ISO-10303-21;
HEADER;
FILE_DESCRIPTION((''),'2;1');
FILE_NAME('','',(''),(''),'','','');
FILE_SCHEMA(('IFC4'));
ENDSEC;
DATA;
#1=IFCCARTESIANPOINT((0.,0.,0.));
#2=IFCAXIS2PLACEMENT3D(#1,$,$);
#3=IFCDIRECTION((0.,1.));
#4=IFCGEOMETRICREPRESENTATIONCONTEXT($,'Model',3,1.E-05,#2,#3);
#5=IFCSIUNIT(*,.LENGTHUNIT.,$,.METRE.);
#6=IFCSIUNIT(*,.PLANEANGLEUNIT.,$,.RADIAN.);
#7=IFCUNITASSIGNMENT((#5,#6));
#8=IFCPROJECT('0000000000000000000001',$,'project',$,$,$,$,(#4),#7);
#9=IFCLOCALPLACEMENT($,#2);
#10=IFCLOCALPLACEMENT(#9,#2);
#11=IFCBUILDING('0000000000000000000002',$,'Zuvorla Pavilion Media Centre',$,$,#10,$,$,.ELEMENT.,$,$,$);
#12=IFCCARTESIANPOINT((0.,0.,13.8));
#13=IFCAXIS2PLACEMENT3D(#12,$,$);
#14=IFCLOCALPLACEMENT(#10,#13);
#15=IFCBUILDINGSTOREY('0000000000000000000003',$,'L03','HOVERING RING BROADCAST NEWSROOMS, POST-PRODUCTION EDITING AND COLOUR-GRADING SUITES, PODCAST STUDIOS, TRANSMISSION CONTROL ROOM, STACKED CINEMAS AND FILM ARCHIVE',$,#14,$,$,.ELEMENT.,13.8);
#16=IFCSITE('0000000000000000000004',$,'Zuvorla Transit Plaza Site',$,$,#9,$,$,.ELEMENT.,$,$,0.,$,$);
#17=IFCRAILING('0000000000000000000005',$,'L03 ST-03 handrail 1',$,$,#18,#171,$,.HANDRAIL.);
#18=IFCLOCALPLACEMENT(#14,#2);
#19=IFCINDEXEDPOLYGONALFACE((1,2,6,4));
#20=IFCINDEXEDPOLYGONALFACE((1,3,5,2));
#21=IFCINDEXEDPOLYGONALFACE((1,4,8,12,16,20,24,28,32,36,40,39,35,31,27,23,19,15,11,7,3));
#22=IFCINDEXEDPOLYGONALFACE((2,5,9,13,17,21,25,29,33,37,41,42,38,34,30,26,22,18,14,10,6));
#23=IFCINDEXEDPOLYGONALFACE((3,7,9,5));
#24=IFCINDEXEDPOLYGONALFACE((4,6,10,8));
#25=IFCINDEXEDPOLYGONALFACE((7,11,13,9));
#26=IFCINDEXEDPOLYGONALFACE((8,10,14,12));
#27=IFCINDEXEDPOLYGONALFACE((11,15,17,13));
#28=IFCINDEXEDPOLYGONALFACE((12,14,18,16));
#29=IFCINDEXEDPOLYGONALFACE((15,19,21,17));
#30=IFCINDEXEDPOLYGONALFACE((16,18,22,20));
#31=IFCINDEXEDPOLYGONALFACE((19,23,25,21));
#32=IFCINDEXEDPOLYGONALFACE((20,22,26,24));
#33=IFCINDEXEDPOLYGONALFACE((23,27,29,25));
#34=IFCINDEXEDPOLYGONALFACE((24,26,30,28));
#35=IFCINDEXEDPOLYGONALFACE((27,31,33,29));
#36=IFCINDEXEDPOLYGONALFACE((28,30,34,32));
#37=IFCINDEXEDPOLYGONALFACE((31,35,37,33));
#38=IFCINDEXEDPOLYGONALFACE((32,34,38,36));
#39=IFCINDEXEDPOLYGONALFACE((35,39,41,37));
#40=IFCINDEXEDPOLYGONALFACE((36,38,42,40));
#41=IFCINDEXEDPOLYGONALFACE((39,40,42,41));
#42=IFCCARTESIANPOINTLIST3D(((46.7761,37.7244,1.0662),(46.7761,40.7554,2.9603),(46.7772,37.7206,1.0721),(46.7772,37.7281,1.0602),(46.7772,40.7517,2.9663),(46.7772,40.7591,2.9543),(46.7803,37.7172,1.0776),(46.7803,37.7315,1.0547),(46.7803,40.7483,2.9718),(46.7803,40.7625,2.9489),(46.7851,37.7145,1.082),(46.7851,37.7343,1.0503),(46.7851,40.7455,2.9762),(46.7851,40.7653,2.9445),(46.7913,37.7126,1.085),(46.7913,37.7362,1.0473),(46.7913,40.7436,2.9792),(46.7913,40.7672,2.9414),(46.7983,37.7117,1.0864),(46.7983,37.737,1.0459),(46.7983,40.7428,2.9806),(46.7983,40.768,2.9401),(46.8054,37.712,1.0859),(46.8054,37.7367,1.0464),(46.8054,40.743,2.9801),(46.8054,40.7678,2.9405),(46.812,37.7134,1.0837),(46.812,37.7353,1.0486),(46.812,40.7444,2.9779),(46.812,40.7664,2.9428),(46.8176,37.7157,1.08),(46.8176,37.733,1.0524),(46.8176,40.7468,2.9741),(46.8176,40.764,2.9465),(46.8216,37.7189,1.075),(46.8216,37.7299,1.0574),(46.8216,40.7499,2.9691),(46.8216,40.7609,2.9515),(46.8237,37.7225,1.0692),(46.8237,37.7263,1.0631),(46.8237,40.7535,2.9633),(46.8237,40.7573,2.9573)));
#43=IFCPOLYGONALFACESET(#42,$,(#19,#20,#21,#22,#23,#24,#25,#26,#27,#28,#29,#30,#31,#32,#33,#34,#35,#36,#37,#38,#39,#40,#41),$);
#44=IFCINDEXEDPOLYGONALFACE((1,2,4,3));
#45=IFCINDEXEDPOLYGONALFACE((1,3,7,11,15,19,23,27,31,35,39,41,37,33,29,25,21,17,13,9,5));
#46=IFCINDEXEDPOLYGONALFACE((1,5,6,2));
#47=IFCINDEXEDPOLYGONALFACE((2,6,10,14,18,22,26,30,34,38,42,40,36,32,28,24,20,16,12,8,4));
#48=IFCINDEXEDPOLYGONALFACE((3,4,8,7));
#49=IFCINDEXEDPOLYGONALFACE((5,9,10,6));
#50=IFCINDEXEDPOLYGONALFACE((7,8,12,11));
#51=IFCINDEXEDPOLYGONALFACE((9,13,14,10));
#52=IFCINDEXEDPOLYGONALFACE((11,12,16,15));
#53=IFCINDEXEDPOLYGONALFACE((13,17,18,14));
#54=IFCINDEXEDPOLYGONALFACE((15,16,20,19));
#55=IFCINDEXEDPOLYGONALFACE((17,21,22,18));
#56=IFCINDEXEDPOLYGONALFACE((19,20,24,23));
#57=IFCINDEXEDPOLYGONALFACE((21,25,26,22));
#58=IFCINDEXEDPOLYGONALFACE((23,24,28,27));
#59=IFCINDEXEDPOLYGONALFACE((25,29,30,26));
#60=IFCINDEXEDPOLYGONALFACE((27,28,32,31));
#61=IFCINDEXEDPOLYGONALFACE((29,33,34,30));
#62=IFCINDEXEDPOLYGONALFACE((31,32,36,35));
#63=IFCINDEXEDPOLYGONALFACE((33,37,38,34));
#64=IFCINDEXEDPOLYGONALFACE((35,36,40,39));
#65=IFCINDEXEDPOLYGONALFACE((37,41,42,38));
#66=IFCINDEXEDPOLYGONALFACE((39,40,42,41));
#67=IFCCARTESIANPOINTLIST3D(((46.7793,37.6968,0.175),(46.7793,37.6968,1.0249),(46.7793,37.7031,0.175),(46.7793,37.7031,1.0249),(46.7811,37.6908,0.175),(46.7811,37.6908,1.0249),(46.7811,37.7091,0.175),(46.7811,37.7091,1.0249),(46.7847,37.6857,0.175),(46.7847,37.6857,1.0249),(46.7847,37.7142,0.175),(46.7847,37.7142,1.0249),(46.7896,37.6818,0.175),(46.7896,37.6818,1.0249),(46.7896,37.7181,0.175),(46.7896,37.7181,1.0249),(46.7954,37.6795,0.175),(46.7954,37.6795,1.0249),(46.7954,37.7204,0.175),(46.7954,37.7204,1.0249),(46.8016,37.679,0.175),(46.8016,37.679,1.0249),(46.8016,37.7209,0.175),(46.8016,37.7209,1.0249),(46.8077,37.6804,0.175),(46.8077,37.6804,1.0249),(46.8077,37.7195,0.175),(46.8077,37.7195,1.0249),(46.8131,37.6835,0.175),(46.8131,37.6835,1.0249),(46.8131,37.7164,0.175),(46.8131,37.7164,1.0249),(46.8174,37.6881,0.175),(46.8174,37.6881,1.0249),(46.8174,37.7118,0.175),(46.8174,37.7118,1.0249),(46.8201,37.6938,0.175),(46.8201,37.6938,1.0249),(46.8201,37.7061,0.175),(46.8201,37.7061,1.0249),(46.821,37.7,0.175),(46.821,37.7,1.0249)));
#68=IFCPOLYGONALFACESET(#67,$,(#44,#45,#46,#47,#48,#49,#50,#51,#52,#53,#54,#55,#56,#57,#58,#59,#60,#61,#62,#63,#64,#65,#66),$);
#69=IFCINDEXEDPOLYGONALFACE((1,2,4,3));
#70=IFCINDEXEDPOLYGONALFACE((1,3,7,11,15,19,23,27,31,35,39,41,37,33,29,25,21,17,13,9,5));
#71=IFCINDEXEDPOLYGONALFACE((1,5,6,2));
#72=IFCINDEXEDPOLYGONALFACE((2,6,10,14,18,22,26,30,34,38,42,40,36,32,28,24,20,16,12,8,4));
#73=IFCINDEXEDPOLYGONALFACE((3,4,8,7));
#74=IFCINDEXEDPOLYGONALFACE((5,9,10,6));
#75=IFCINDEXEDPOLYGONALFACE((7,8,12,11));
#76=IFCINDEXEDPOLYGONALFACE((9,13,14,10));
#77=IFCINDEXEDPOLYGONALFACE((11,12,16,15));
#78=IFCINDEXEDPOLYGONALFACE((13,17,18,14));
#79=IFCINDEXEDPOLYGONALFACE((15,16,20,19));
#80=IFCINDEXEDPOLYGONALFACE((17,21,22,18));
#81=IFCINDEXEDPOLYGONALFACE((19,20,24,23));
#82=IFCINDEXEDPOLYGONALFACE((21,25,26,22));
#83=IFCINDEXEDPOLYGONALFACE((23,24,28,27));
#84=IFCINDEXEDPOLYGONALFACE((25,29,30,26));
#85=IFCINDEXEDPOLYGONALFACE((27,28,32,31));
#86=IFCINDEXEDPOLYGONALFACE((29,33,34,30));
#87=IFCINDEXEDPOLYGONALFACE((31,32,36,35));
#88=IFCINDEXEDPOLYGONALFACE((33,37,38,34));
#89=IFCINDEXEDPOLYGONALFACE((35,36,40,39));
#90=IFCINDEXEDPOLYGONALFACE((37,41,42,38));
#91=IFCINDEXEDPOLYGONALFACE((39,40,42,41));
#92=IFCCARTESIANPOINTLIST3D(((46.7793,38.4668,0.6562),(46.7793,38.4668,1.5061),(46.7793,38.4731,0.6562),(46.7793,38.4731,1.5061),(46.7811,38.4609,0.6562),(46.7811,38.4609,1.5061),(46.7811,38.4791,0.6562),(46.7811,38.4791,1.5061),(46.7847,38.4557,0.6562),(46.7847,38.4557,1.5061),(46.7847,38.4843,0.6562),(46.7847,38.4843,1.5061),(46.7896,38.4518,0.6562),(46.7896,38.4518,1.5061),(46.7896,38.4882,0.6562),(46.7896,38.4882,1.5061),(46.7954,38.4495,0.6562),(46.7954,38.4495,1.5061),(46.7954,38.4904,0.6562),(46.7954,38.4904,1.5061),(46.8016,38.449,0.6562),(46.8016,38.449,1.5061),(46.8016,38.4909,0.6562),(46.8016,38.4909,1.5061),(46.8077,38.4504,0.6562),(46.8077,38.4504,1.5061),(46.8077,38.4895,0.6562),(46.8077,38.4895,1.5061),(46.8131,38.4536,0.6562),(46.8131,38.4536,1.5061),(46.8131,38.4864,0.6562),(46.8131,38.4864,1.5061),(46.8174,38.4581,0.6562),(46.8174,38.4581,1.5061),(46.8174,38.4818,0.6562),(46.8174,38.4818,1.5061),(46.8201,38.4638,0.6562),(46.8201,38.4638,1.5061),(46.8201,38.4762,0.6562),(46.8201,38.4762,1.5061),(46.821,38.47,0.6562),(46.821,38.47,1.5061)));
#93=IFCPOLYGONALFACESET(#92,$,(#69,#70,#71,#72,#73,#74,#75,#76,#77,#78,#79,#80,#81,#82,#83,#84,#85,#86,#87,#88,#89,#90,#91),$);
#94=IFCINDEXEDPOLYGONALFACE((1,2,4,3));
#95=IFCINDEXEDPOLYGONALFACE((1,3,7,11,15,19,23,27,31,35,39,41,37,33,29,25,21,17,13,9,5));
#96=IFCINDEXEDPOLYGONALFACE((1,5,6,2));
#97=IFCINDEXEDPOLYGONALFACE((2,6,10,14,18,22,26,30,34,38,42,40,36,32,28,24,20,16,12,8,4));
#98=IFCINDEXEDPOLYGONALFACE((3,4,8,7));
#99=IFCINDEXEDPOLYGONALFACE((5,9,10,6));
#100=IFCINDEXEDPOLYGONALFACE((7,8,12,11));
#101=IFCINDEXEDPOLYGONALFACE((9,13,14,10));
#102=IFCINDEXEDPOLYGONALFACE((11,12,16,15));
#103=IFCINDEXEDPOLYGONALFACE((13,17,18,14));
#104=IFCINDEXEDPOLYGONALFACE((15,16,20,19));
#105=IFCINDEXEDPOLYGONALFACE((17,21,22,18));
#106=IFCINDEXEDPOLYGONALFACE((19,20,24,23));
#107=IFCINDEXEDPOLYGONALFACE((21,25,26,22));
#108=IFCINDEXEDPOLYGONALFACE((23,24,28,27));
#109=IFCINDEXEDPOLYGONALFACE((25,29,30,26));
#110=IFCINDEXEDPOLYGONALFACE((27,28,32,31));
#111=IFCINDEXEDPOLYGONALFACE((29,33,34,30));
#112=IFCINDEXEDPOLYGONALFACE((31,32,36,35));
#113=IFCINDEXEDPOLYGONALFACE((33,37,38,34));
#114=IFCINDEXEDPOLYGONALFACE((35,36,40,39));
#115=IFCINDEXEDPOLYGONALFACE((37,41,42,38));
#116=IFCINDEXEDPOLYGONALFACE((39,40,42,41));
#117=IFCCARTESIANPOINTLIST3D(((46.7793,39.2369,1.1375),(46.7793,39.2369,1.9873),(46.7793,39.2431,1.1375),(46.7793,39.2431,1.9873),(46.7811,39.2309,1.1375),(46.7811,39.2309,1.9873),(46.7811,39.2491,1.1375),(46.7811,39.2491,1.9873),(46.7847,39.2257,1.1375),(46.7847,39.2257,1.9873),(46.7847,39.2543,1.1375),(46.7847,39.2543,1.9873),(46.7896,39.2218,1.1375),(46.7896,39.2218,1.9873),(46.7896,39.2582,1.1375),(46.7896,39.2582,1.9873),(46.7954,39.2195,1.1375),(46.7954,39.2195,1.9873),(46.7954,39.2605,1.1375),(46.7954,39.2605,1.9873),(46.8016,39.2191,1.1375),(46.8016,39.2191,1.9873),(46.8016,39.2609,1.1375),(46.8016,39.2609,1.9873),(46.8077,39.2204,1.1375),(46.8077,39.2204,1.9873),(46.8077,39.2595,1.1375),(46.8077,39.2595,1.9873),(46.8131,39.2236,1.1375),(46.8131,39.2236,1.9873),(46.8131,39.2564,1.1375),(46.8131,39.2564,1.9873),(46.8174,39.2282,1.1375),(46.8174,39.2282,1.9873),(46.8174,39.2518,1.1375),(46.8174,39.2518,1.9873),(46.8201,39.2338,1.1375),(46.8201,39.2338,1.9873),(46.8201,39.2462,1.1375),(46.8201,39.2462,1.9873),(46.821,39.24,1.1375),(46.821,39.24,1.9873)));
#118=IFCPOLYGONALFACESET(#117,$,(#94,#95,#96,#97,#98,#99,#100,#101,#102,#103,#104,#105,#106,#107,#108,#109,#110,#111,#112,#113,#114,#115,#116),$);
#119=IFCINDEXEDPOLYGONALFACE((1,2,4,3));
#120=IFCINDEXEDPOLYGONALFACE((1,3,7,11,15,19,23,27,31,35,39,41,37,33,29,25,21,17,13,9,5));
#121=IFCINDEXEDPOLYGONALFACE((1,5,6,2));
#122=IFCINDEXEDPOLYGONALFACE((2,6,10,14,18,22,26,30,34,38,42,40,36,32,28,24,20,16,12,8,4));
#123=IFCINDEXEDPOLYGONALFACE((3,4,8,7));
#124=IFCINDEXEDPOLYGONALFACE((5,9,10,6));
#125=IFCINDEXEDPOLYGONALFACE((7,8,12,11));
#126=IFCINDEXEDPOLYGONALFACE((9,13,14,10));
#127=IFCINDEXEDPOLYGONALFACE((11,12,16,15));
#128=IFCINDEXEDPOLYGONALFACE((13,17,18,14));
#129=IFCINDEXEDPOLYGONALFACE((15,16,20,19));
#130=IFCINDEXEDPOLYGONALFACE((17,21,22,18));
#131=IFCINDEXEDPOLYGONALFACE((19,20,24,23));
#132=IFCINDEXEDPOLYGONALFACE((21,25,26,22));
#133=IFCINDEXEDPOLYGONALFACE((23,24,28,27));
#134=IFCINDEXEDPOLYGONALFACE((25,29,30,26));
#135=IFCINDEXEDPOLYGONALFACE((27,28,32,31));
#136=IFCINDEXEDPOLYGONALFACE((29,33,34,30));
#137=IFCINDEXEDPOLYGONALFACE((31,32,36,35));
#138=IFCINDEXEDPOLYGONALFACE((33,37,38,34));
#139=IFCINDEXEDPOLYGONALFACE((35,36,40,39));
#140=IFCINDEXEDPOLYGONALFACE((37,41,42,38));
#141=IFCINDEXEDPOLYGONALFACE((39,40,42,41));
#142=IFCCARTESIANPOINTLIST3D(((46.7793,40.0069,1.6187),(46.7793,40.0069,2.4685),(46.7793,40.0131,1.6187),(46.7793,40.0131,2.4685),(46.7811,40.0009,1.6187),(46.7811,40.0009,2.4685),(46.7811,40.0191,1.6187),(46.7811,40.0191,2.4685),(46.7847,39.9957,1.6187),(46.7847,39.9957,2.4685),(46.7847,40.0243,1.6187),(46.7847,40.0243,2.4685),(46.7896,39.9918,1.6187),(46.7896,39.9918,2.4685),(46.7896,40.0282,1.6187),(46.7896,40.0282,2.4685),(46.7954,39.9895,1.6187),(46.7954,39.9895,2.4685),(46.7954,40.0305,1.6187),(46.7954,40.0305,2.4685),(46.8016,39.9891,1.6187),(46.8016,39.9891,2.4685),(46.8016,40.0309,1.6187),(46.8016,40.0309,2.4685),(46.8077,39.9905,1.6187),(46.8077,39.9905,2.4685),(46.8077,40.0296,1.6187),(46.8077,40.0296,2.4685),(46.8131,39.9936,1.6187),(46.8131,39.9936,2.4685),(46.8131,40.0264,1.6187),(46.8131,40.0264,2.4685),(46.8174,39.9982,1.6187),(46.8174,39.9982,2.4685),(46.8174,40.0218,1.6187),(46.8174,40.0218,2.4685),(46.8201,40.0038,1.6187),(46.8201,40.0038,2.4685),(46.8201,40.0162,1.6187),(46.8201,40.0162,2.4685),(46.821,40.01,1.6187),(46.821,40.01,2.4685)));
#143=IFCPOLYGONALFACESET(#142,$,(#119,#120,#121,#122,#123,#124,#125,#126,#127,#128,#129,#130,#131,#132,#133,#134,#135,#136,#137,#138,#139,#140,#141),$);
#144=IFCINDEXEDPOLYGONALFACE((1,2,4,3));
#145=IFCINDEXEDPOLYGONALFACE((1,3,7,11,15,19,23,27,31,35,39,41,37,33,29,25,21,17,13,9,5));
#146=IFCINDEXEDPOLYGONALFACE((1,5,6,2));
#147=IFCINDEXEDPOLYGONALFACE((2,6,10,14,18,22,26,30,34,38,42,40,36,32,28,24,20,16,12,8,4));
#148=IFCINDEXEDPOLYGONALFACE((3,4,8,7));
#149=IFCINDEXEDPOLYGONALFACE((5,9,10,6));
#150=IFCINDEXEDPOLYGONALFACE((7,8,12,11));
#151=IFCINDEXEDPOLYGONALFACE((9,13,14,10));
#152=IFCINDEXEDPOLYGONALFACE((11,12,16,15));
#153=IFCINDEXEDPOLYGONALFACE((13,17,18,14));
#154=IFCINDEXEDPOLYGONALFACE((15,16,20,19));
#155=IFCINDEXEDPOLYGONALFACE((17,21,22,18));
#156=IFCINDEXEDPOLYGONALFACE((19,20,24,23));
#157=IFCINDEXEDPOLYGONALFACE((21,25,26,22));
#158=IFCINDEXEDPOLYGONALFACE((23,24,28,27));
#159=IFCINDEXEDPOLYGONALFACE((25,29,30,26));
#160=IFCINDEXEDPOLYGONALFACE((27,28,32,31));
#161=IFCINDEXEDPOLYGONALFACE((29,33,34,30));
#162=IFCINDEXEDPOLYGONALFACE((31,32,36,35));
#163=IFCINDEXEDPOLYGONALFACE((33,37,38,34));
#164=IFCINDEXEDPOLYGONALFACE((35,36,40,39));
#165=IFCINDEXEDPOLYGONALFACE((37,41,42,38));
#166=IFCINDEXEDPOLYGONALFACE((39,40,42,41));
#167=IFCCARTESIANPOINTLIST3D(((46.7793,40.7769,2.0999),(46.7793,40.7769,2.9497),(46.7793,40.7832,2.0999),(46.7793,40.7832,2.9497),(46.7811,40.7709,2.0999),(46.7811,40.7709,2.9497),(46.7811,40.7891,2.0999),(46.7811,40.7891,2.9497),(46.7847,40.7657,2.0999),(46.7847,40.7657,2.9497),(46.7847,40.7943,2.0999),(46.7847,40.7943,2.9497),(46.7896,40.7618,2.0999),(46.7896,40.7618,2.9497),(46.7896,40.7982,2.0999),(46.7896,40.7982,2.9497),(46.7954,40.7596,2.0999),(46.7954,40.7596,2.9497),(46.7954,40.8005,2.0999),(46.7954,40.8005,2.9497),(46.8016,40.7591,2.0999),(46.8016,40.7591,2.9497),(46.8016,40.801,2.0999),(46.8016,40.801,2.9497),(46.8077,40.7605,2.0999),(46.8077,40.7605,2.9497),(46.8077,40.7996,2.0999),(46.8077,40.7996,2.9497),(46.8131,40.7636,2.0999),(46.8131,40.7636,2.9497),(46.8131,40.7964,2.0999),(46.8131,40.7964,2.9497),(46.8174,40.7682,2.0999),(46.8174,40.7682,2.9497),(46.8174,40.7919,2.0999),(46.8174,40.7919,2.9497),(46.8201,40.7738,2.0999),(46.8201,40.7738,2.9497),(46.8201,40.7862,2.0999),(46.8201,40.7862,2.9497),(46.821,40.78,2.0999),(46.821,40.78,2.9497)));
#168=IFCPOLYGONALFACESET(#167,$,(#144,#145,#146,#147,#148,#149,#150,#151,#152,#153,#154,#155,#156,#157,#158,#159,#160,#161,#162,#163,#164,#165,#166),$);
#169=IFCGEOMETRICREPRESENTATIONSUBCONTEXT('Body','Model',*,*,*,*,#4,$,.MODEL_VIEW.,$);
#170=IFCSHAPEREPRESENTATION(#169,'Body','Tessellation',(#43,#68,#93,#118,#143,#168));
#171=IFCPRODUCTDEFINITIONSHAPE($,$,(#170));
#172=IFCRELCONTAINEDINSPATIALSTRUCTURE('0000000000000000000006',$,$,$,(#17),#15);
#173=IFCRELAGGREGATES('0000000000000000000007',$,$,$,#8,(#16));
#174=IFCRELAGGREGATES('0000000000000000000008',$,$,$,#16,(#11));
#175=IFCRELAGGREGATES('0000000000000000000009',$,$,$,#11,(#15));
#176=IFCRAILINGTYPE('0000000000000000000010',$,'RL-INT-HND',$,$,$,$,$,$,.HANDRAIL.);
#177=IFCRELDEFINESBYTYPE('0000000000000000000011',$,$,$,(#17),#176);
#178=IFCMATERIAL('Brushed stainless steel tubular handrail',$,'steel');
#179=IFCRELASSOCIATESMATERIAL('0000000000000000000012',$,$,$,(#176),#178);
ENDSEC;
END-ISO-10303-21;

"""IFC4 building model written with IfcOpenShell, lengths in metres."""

from ifc_helpers import new_model, si_unit, direction, frame, origin, origin_2d, place, context, subcontext, project, spatial, circle, extrude, material, type_object, element, save


model = new_model("IFC4")

# Units and contexts
model_context = context("Model", 3, precision=1e-05, world=origin(), true_north=direction((0.0, 1.0)))
body_context = subcontext(model_context, "Body", "Model", "MODEL_VIEW")
ifc_project = project(units=[si_unit("LENGTHUNIT", "METRE"), si_unit("PLANEANGLEUNIT", "RADIAN")], contexts=[model_context])

# Site, building, storey
site_placement = place(None, origin())
site = spatial("IfcSite", under=ifc_project, at=site_placement, Name="Zuvorla Transit Plaza Site", CompositionType="ELEMENT", RefElevation=0.0)
building_placement = place(site_placement, origin())
building = spatial("IfcBuilding", under=site, at=building_placement, Name="Zuvorla Pavilion Media Centre", CompositionType="ELEMENT")
storey_placement = place(building_placement, frame((0.0, 0.0, 13.8)))
storey = spatial("IfcBuildingStorey", under=building, at=storey_placement, Name="L03", Description="HOVERING RING BROADCAST NEWSROOMS, POST-PRODUCTION EDITING AND COLOUR-GRADING SUITES, PODCAST STUDIOS, TRANSMISSION CONTROL ROOM, STACKED CINEMAS AND FILM ARCHIVE", CompositionType="ELEMENT", Elevation=13.8)

# Railing
ifc_material_1 = material(Name="Brushed stainless steel tubular handrail", Category="steel")
railing_type_1 = type_object("IfcRailingType", Name="RL-INT-HND", PredefinedType="HANDRAIL", material=ifc_material_1)
railing_1_placement = place(storey_placement, frame((46.8, 37.7, 0.175)))
element("IfcRailing", 1, at=railing_1_placement, inside=storey, type_object=railing_type_1, Name="L03 ST-03 handrail 1", PredefinedType="HANDRAIL", context=body_context, shape_type="SweptSolid", body=[
    extrude(circle(Radius=0.0239, at=origin_2d()), frame((0.0, 0.0244, 0.8911), z_axis=(0.0, 0.848029, 0.529951), x_axis=(-1.0, 0.0, 0.0)), (0.0, 0.0, 1.0), 3.5742),
    extrude(circle(Radius=0.021, at=origin_2d()), origin(), (0.0, 0.0, 1.0), 0.8499),
    extrude(circle(Radius=0.021, at=origin_2d()), frame((0.0, 0.77, 0.4812)), (0.0, 0.0, 1.0), 0.8499),
    extrude(circle(Radius=0.021, at=origin_2d()), frame((0.0, 1.54, 0.9624)), (0.0, 0.0, 1.0), 0.8499),
    extrude(circle(Radius=0.021, at=origin_2d()), frame((0.0, 2.3101, 1.4436)), (0.0, 0.0, 1.0), 0.8499),
    extrude(circle(Radius=0.021, at=origin_2d()), frame((0.0, 3.0801, 1.9248)), (0.0, 0.0, 1.0), 0.8499),
])

save(model, "model.ifc")
